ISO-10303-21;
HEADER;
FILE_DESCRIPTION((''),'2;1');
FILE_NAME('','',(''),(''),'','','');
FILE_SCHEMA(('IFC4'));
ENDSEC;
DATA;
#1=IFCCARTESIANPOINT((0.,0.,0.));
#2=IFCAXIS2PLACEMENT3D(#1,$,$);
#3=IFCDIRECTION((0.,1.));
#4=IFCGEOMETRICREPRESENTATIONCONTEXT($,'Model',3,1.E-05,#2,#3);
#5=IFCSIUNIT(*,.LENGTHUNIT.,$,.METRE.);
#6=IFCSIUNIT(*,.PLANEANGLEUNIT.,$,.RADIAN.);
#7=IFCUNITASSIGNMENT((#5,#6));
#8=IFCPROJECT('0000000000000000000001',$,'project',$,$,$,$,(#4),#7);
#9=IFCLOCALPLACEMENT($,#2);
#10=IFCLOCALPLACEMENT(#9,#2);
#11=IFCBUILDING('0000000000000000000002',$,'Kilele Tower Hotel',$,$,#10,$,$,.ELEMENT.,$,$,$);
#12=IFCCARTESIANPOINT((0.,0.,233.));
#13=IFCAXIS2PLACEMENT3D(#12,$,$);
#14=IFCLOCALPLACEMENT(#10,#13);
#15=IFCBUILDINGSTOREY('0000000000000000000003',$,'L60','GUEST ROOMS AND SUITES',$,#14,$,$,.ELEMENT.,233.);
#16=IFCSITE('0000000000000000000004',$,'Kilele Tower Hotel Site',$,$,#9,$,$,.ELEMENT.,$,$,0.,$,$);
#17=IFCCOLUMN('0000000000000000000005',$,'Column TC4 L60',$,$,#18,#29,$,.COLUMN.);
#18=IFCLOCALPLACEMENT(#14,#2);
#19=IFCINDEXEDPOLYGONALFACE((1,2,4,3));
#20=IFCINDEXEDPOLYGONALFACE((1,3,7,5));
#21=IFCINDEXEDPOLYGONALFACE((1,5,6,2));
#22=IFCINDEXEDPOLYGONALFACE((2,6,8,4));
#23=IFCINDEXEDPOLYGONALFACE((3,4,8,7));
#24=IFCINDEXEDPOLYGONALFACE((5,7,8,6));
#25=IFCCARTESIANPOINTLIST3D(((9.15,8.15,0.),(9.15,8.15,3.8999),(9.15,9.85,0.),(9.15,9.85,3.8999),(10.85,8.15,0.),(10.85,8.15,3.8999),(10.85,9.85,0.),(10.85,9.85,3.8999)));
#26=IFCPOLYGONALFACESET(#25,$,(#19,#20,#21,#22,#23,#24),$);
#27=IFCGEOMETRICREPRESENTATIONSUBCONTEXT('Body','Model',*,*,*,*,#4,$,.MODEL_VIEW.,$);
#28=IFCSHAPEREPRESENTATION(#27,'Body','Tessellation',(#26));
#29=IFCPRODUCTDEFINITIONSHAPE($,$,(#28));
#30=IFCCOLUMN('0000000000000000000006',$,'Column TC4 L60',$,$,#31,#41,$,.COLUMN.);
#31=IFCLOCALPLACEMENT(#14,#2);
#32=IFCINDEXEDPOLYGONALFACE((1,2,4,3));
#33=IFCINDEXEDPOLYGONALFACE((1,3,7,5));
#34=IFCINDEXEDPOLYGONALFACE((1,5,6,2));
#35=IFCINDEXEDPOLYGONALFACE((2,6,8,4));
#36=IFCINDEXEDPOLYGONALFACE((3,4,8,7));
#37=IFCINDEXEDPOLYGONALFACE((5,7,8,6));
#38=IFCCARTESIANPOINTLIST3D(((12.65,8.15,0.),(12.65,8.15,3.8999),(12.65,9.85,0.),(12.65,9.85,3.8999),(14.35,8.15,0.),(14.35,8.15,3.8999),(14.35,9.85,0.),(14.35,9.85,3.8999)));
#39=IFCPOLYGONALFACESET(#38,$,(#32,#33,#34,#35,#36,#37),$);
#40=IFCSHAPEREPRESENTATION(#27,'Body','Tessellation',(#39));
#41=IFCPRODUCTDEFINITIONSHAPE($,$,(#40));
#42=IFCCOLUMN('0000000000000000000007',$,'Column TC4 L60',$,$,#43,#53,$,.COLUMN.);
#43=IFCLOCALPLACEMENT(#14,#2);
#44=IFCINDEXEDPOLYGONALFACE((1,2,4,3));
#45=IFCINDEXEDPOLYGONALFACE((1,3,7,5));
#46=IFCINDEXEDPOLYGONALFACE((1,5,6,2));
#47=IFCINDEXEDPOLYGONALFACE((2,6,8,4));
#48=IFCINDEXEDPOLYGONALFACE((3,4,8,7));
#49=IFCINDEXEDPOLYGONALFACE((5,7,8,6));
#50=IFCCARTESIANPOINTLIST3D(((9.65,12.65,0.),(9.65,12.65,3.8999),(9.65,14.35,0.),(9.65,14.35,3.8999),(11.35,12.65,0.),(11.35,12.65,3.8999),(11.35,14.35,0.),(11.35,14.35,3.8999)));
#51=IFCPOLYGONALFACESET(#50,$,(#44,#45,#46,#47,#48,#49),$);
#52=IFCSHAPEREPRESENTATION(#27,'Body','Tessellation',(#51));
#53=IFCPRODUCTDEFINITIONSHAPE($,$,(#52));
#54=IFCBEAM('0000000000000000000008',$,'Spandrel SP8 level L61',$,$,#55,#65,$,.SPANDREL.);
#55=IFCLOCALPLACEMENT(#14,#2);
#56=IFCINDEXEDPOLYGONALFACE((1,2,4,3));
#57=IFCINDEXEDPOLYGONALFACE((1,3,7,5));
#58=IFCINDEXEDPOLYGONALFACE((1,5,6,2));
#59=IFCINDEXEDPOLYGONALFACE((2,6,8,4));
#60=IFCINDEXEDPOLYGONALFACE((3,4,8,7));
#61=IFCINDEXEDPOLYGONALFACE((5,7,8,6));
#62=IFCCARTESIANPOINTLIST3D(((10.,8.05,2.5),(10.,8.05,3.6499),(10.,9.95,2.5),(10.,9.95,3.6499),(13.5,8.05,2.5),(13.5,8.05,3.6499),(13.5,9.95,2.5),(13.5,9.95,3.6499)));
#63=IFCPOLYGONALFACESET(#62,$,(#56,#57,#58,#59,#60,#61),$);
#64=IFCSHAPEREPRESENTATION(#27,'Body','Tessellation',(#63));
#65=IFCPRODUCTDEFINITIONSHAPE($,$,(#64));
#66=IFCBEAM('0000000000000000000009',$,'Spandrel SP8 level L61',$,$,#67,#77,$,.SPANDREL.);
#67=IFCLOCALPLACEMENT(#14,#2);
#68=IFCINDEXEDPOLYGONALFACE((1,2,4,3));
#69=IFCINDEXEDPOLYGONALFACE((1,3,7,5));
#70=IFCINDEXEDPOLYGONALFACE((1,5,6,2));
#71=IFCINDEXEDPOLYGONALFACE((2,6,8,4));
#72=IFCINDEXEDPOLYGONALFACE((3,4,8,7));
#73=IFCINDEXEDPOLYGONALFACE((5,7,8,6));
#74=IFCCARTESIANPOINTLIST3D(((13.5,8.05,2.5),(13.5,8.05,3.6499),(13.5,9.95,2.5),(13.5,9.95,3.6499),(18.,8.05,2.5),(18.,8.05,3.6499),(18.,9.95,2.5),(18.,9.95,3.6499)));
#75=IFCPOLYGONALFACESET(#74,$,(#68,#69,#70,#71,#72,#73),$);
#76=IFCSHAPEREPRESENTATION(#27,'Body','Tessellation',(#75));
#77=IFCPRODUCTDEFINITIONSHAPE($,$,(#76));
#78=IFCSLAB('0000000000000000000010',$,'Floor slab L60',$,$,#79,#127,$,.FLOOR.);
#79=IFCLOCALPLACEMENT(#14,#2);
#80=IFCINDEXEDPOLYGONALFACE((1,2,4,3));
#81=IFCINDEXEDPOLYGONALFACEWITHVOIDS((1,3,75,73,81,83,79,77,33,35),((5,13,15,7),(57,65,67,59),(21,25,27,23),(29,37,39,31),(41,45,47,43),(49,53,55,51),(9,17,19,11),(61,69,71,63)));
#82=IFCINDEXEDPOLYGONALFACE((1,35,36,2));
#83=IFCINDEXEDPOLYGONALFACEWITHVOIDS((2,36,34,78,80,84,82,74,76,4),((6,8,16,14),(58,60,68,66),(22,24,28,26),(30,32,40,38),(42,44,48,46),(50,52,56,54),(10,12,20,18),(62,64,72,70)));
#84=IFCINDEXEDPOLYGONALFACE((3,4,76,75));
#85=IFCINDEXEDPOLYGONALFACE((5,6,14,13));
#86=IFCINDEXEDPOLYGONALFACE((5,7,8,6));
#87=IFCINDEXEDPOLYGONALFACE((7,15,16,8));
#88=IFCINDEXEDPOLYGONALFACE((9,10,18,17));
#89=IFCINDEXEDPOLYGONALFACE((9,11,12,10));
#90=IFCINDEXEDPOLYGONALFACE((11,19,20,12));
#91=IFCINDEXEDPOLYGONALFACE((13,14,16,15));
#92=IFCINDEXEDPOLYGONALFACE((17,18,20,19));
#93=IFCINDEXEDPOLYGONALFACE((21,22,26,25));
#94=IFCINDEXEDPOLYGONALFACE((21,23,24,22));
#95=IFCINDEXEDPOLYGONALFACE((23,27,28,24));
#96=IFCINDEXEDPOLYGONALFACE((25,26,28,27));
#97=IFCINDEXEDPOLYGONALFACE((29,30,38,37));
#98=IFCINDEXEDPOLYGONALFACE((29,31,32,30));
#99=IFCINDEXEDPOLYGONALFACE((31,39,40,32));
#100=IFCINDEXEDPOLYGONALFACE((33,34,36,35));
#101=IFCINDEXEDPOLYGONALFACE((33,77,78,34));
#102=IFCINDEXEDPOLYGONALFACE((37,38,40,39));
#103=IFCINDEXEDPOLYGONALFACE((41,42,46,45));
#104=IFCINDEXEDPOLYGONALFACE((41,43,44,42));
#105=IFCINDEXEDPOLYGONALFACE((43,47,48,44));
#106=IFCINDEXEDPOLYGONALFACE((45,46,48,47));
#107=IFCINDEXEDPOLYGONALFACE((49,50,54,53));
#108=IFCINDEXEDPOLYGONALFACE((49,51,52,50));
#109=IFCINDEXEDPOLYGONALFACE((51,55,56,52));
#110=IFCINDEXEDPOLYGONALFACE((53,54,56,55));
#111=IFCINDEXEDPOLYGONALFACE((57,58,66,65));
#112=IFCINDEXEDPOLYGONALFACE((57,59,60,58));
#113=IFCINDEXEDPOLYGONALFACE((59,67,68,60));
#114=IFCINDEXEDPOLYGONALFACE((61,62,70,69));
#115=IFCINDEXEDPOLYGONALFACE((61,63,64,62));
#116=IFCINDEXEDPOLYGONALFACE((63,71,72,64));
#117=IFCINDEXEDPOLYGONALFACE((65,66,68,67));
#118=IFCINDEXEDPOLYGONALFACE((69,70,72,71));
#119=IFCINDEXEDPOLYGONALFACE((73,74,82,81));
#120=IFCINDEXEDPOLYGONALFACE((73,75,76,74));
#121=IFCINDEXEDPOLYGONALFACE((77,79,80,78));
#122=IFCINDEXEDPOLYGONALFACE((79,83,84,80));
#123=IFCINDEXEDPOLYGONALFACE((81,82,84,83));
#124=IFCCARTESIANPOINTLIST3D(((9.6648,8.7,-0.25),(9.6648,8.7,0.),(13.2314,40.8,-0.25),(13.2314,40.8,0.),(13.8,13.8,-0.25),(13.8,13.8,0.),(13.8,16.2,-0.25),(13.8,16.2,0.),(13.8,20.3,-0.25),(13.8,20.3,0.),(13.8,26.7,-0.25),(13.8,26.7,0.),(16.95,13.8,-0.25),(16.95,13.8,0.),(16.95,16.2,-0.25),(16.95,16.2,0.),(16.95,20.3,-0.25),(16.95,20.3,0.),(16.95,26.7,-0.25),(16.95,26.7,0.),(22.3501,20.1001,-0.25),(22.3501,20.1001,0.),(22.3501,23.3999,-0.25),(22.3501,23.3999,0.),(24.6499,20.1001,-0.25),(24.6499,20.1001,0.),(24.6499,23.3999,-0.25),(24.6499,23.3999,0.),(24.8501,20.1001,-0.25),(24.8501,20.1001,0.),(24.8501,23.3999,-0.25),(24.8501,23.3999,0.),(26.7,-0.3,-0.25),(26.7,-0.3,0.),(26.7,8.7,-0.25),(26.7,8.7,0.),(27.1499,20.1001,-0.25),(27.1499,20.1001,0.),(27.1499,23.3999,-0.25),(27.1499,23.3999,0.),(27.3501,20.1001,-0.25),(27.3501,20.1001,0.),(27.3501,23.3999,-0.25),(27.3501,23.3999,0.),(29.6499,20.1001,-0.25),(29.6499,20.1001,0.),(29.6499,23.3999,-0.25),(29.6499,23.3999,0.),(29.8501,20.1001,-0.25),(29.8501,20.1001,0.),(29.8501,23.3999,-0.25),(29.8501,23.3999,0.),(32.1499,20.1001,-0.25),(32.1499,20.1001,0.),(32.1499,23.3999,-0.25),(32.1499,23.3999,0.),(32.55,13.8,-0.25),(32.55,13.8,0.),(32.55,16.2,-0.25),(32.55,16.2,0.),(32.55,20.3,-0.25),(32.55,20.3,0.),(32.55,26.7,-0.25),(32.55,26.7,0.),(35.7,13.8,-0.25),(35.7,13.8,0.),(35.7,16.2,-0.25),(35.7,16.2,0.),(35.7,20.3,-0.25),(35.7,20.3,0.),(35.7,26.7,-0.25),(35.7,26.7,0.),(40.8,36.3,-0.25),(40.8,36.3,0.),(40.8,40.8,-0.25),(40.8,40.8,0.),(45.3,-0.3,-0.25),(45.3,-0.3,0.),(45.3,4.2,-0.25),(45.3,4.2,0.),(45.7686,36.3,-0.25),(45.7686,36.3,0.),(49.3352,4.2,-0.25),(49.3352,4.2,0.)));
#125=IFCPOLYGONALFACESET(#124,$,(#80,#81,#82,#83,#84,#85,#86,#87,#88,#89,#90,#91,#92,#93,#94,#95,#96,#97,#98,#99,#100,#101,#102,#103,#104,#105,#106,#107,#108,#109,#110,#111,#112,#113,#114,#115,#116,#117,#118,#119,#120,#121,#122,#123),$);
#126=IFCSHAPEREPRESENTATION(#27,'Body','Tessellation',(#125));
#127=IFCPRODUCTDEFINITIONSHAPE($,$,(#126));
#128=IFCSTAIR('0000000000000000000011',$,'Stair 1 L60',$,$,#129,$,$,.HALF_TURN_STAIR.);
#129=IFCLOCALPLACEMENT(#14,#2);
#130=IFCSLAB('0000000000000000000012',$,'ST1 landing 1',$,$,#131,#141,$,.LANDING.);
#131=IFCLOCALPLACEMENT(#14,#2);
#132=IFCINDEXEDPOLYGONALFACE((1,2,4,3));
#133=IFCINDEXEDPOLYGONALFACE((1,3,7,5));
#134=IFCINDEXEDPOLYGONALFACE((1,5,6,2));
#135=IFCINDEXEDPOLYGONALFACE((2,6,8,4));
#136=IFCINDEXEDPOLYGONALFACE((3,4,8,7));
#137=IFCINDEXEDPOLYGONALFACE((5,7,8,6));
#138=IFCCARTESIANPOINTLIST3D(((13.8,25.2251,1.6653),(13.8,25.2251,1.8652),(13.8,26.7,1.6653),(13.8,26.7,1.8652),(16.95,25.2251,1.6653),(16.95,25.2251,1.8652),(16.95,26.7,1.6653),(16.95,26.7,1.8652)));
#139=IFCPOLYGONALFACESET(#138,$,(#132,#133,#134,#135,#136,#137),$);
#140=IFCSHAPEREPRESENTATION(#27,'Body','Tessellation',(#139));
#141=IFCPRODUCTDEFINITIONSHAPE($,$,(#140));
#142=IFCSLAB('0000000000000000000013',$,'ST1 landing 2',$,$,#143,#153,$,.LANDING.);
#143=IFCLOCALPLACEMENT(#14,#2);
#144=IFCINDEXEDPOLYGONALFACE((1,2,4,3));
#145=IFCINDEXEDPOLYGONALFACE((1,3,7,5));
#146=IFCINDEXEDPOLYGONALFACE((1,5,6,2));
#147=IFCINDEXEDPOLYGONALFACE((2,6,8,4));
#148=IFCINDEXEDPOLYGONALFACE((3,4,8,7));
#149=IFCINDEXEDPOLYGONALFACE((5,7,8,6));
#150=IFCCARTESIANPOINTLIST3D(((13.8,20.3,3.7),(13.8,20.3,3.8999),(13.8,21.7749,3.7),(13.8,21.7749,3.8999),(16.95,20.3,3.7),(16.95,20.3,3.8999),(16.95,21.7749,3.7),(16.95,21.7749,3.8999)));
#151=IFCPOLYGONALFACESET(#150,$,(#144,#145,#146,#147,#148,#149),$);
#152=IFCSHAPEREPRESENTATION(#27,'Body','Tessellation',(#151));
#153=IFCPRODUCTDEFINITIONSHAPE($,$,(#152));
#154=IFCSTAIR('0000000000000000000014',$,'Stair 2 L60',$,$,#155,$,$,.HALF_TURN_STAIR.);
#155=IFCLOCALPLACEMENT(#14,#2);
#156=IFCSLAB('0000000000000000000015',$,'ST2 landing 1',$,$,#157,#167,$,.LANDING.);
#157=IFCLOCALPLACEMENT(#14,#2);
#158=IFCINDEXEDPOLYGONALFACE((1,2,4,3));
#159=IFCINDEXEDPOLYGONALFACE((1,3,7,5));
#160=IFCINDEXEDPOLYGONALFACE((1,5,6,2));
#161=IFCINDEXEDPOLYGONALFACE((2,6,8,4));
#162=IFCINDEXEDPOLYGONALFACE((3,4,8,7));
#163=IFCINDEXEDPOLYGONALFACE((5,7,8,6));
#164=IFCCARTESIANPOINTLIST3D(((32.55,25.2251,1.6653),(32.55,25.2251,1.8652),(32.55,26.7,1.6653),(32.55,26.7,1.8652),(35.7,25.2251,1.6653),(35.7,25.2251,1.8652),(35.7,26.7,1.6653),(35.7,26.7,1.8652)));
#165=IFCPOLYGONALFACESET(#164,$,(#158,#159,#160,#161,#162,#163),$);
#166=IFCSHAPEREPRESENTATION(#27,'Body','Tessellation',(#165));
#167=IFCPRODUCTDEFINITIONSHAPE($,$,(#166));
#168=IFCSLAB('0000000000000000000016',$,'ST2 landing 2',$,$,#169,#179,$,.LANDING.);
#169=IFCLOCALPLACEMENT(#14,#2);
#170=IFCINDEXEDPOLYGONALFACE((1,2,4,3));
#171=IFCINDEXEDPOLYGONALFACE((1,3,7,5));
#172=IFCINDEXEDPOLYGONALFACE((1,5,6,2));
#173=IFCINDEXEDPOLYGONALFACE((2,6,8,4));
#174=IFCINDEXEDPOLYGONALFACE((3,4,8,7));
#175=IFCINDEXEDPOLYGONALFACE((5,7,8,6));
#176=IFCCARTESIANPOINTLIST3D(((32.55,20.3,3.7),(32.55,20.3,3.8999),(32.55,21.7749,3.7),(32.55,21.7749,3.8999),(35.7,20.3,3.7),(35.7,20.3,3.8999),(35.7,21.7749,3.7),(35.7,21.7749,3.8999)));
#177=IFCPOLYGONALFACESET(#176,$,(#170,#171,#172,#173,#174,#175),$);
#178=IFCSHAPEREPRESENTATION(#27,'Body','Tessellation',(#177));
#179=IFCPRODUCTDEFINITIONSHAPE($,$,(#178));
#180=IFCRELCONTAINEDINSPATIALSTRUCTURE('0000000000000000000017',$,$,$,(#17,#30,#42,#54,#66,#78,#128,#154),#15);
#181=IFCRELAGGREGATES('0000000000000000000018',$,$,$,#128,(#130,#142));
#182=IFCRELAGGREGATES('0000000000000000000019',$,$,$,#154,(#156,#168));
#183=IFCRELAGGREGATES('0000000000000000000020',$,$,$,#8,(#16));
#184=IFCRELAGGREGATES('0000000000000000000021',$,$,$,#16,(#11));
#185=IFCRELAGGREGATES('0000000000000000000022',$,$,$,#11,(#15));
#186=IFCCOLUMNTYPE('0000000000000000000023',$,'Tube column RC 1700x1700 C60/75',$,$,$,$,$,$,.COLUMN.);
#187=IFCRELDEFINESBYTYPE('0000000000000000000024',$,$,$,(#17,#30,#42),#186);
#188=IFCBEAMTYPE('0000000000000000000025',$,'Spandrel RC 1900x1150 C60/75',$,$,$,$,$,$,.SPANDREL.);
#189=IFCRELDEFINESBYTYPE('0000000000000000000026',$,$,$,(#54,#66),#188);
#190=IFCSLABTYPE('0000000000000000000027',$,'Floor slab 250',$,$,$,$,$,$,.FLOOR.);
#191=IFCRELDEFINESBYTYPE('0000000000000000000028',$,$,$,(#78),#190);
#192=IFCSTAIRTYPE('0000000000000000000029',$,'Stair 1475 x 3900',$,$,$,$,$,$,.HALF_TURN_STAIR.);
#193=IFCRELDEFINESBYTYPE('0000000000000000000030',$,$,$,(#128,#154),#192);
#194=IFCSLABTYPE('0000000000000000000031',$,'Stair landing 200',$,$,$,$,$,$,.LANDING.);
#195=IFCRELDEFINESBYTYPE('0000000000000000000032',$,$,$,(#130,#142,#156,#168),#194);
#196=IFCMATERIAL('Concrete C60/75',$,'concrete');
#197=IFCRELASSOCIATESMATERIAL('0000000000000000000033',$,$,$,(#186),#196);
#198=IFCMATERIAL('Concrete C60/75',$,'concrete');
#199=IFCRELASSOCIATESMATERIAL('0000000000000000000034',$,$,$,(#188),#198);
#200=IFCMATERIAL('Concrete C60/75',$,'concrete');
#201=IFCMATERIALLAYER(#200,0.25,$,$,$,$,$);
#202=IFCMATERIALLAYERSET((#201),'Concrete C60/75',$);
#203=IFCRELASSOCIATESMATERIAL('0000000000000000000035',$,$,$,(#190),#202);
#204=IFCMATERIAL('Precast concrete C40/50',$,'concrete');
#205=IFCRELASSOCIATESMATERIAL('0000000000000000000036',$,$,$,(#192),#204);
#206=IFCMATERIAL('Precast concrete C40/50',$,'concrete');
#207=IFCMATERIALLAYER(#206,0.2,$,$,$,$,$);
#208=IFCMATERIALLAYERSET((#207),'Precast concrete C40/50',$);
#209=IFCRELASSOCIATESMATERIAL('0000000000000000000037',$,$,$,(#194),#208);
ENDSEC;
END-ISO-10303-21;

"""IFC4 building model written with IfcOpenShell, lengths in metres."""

from ifc_helpers import new_model, si_unit, direction, frame, origin, origin_2d, place, context, subcontext, project, spatial, polyline, rectangle, outline, extrude, material, layer, layer_set, material_profile, profile_set, type_object, element, aggregate, save


model = new_model("IFC4")

# Units and contexts
model_context = context("Model", 3, precision=1e-05, world=origin(), true_north=direction((0.0, 1.0)))
body_context = subcontext(model_context, "Body", "Model", "MODEL_VIEW")
ifc_project = project(units=[si_unit("LENGTHUNIT", "METRE"), si_unit("PLANEANGLEUNIT", "RADIAN")], contexts=[model_context])

# Site, building, storey
site_placement = place(None, origin())
site = spatial("IfcSite", under=ifc_project, at=site_placement, Name="Kilele Tower Hotel Site", CompositionType="ELEMENT", RefElevation=0.0)
building_placement = place(site_placement, origin())
building = spatial("IfcBuilding", under=site, at=building_placement, Name="Kilele Tower Hotel", CompositionType="ELEMENT")
storey_placement = place(building_placement, frame((0.0, 0.0, 233.0)))
storey = spatial("IfcBuildingStorey", under=building, at=storey_placement, Name="L60", Description="GUEST ROOMS AND SUITES", CompositionType="ELEMENT", Elevation=233.0)

# Columns
ifc_material_1 = material(Name="Concrete C60/75", Category="concrete")
ifc_material_profile_1 = material_profile(ifc_material_1, rectangle(XDim=1.7, YDim=1.7, at=origin_2d()))
ifc_profile_set_1 = profile_set([ifc_material_profile_1], Name="Concrete C60/75")
column_type = type_object("IfcColumnType", Name="Tube column RC 1700x1700 C60/75", PredefinedType="COLUMN", material=ifc_profile_set_1)
for number, where, z_axis, x_axis, name in (
    (1, (10.0, 9.0, 0.0), (0.0, 0.0, 1.0), (1.0, 0.0, 0.0), "Column TC4 L60"),
    (2, (13.5, 9.0, 0.0), (0.0, 0.0, 1.0), (1.0, 0.0, 0.0), "Column TC4 L60"),
    (3, (10.5, 13.5, 0.0), (0.0, 0.0, 1.0), (1.0, 0.0, 0.0), "Column TC4 L60"),
):
    element("IfcColumn", number, at=place(storey_placement, frame(where, z_axis=z_axis, x_axis=x_axis)), inside=storey, type_object=column_type, Name=name, PredefinedType="COLUMN", context=body_context, shape_type="SweptSolid", body=[
        extrude(rectangle(XDim=1.7, YDim=1.7, at=origin_2d()), origin(), (0.0, 0.0, 1.0), 3.8999),
    ])

# Beams
ifc_material_2 = material(Name="Concrete C60/75", Category="concrete")
ifc_material_profile_2 = material_profile(ifc_material_2, rectangle(XDim=1.8999, YDim=1.1499, at=origin_2d()))
ifc_profile_set_2 = profile_set([ifc_material_profile_2], Name="Concrete C60/75")
beam_type = type_object("IfcBeamType", Name="Spandrel RC 1900x1150 C60/75", PredefinedType="SPANDREL", material=ifc_profile_set_2)
beam_1_placement = place(storey_placement, frame((10.0, 9.0, 3.075), z_axis=(1.0, 0.0, 0.0), x_axis=(0.0, 1.0, 0.0)))
element("IfcBeam", 4, at=beam_1_placement, inside=storey, type_object=beam_type, Name="Spandrel SP8 level L61", PredefinedType="SPANDREL", context=body_context, shape_type="SweptSolid", body=[
    extrude(rectangle(XDim=1.8999, YDim=1.1499, at=origin_2d()), origin(), (0.0, 0.0, 1.0), 3.5),
])
beam_2_placement = place(storey_placement, frame((13.5, 9.0, 3.075), z_axis=(1.0, 0.0, 0.0), x_axis=(0.0, 1.0, 0.0)))
element("IfcBeam", 5, at=beam_2_placement, inside=storey, type_object=beam_type, Name="Spandrel SP8 level L61", PredefinedType="SPANDREL", context=body_context, shape_type="SweptSolid", body=[
    extrude(rectangle(XDim=1.8999, YDim=1.1499, at=origin_2d()), origin(), (0.0, 0.0, 1.0), 4.5),
])

# Slab
ifc_material_3 = material(Name="Concrete C60/75", Category="concrete")
ifc_layer_1 = layer(ifc_material_3, 0.25)
ifc_layer_set_1 = layer_set([ifc_layer_1], Name="Concrete C60/75")
slab_type_1 = type_object("IfcSlabType", Name="Floor slab 250", PredefinedType="FLOOR", material=ifc_layer_set_1)
slab_1_placement = place(storey_placement, frame((0.0, 0.0, -0.25)))
element("IfcSlab", 6, at=slab_1_placement, inside=storey, type_object=slab_type_1, Name="Floor slab L60", PredefinedType="FLOOR", context=body_context, shape_type="SweptSolid", body=[
    extrude(outline(polyline([(40.8, 40.8), (40.8, 36.3), (45.7686, 36.3), (49.3352, 4.2), (45.3, 4.2), (45.3, -0.3), (26.7, -0.3), (26.7, 8.7), (9.6648, 8.7), (13.2314, 40.8), (40.8, 40.8)]), holes=[polyline([(16.95, 16.2), (13.8, 16.2), (13.8, 13.8), (16.95, 13.8), (16.95, 16.2)]), polyline([(35.7, 16.2), (32.55, 16.2), (32.55, 13.8), (35.7, 13.8), (35.7, 16.2)]), polyline([(24.6499, 23.3999), (22.3501, 23.3999), (22.3501, 20.1001), (24.6499, 20.1001), (24.6499, 23.3999)]), polyline([(27.1499, 23.3999), (24.8501, 23.3999), (24.8501, 20.1001), (27.1499, 20.1001), (27.1499, 23.3999)]), polyline([(29.6499, 23.3999), (27.3501, 23.3999), (27.3501, 20.1001), (29.6499, 20.1001), (29.6499, 23.3999)]), polyline([(32.1499, 23.3999), (29.8501, 23.3999), (29.8501, 20.1001), (32.1499, 20.1001), (32.1499, 23.3999)]), polyline([(16.95, 26.7), (13.8, 26.7), (13.8, 20.3), (16.95, 20.3), (16.95, 26.7)]), polyline([(35.7, 26.7), (32.55, 26.7), (32.55, 20.3), (35.7, 20.3), (35.7, 26.7)])]), origin(), (0.0, 0.0, 1.0), 0.25),
])

# Stairs, slabs
ifc_material_4 = material(Name="Precast concrete C40/50", Category="concrete")
stair_type = type_object("IfcStairType", Name="Stair 1475 x 3900", PredefinedType="HALF_TURN_STAIR", material=ifc_material_4)
stair_1_placement = place(storey_placement, origin())
stair_1 = element("IfcStair", 7, at=stair_1_placement, inside=storey, type_object=stair_type, Name="Stair 1 L60", PredefinedType="HALF_TURN_STAIR")
ifc_material_5 = material(Name="Precast concrete C40/50", Category="concrete")
ifc_layer_2 = layer(ifc_material_5, 0.2)
ifc_layer_set_2 = layer_set([ifc_layer_2], Name="Precast concrete C40/50")
slab_type_2 = type_object("IfcSlabType", Name="Stair landing 200", PredefinedType="LANDING", material=ifc_layer_set_2)
slab_2_placement = place(storey_placement, frame((0.0, 0.0, 1.6653)))
slab_2 = element("IfcSlab", 8, at=slab_2_placement, type_object=slab_type_2, Name="ST1 landing 1", PredefinedType="LANDING", context=body_context, shape_type="SweptSolid", body=[
    extrude(outline(polyline([(13.8, 25.2251), (16.95, 25.2251), (16.95, 26.7), (13.8, 26.7), (13.8, 25.2251)])), origin(), (0.0, 0.0, 1.0), 0.2),
])
slab_3_placement = place(storey_placement, frame((0.0, 0.0, 3.7)))
slab_3 = element("IfcSlab", 9, at=slab_3_placement, type_object=slab_type_2, Name="ST1 landing 2", PredefinedType="LANDING", context=body_context, shape_type="SweptSolid", body=[
    extrude(outline(polyline([(13.8, 20.3), (16.95, 20.3), (16.95, 21.7749), (13.8, 21.7749), (13.8, 20.3)])), origin(), (0.0, 0.0, 1.0), 0.2),
])
aggregate(stair_1, [slab_2, slab_3])
stair_2_placement = place(storey_placement, origin())
stair_2 = element("IfcStair", 10, at=stair_2_placement, inside=storey, type_object=stair_type, Name="Stair 2 L60", PredefinedType="HALF_TURN_STAIR")
slab_4_placement = place(storey_placement, frame((0.0, 0.0, 1.6653)))
slab_4 = element("IfcSlab", 11, at=slab_4_placement, type_object=slab_type_2, Name="ST2 landing 1", PredefinedType="LANDING", context=body_context, shape_type="SweptSolid", body=[
    extrude(outline(polyline([(32.55, 25.2251), (35.7, 25.2251), (35.7, 26.7), (32.55, 26.7), (32.55, 25.2251)])), origin(), (0.0, 0.0, 1.0), 0.2),
])
slab_5_placement = place(storey_placement, frame((0.0, 0.0, 3.7)))
slab_5 = element("IfcSlab", 12, at=slab_5_placement, type_object=slab_type_2, Name="ST2 landing 2", PredefinedType="LANDING", context=body_context, shape_type="SweptSolid", body=[
    extrude(outline(polyline([(32.55, 20.3), (35.7, 20.3), (35.7, 21.7749), (32.55, 21.7749), (32.55, 20.3)])), origin(), (0.0, 0.0, 1.0), 0.2),
])
aggregate(stair_2, [slab_4, slab_5])

save(model, "model.ifc")
